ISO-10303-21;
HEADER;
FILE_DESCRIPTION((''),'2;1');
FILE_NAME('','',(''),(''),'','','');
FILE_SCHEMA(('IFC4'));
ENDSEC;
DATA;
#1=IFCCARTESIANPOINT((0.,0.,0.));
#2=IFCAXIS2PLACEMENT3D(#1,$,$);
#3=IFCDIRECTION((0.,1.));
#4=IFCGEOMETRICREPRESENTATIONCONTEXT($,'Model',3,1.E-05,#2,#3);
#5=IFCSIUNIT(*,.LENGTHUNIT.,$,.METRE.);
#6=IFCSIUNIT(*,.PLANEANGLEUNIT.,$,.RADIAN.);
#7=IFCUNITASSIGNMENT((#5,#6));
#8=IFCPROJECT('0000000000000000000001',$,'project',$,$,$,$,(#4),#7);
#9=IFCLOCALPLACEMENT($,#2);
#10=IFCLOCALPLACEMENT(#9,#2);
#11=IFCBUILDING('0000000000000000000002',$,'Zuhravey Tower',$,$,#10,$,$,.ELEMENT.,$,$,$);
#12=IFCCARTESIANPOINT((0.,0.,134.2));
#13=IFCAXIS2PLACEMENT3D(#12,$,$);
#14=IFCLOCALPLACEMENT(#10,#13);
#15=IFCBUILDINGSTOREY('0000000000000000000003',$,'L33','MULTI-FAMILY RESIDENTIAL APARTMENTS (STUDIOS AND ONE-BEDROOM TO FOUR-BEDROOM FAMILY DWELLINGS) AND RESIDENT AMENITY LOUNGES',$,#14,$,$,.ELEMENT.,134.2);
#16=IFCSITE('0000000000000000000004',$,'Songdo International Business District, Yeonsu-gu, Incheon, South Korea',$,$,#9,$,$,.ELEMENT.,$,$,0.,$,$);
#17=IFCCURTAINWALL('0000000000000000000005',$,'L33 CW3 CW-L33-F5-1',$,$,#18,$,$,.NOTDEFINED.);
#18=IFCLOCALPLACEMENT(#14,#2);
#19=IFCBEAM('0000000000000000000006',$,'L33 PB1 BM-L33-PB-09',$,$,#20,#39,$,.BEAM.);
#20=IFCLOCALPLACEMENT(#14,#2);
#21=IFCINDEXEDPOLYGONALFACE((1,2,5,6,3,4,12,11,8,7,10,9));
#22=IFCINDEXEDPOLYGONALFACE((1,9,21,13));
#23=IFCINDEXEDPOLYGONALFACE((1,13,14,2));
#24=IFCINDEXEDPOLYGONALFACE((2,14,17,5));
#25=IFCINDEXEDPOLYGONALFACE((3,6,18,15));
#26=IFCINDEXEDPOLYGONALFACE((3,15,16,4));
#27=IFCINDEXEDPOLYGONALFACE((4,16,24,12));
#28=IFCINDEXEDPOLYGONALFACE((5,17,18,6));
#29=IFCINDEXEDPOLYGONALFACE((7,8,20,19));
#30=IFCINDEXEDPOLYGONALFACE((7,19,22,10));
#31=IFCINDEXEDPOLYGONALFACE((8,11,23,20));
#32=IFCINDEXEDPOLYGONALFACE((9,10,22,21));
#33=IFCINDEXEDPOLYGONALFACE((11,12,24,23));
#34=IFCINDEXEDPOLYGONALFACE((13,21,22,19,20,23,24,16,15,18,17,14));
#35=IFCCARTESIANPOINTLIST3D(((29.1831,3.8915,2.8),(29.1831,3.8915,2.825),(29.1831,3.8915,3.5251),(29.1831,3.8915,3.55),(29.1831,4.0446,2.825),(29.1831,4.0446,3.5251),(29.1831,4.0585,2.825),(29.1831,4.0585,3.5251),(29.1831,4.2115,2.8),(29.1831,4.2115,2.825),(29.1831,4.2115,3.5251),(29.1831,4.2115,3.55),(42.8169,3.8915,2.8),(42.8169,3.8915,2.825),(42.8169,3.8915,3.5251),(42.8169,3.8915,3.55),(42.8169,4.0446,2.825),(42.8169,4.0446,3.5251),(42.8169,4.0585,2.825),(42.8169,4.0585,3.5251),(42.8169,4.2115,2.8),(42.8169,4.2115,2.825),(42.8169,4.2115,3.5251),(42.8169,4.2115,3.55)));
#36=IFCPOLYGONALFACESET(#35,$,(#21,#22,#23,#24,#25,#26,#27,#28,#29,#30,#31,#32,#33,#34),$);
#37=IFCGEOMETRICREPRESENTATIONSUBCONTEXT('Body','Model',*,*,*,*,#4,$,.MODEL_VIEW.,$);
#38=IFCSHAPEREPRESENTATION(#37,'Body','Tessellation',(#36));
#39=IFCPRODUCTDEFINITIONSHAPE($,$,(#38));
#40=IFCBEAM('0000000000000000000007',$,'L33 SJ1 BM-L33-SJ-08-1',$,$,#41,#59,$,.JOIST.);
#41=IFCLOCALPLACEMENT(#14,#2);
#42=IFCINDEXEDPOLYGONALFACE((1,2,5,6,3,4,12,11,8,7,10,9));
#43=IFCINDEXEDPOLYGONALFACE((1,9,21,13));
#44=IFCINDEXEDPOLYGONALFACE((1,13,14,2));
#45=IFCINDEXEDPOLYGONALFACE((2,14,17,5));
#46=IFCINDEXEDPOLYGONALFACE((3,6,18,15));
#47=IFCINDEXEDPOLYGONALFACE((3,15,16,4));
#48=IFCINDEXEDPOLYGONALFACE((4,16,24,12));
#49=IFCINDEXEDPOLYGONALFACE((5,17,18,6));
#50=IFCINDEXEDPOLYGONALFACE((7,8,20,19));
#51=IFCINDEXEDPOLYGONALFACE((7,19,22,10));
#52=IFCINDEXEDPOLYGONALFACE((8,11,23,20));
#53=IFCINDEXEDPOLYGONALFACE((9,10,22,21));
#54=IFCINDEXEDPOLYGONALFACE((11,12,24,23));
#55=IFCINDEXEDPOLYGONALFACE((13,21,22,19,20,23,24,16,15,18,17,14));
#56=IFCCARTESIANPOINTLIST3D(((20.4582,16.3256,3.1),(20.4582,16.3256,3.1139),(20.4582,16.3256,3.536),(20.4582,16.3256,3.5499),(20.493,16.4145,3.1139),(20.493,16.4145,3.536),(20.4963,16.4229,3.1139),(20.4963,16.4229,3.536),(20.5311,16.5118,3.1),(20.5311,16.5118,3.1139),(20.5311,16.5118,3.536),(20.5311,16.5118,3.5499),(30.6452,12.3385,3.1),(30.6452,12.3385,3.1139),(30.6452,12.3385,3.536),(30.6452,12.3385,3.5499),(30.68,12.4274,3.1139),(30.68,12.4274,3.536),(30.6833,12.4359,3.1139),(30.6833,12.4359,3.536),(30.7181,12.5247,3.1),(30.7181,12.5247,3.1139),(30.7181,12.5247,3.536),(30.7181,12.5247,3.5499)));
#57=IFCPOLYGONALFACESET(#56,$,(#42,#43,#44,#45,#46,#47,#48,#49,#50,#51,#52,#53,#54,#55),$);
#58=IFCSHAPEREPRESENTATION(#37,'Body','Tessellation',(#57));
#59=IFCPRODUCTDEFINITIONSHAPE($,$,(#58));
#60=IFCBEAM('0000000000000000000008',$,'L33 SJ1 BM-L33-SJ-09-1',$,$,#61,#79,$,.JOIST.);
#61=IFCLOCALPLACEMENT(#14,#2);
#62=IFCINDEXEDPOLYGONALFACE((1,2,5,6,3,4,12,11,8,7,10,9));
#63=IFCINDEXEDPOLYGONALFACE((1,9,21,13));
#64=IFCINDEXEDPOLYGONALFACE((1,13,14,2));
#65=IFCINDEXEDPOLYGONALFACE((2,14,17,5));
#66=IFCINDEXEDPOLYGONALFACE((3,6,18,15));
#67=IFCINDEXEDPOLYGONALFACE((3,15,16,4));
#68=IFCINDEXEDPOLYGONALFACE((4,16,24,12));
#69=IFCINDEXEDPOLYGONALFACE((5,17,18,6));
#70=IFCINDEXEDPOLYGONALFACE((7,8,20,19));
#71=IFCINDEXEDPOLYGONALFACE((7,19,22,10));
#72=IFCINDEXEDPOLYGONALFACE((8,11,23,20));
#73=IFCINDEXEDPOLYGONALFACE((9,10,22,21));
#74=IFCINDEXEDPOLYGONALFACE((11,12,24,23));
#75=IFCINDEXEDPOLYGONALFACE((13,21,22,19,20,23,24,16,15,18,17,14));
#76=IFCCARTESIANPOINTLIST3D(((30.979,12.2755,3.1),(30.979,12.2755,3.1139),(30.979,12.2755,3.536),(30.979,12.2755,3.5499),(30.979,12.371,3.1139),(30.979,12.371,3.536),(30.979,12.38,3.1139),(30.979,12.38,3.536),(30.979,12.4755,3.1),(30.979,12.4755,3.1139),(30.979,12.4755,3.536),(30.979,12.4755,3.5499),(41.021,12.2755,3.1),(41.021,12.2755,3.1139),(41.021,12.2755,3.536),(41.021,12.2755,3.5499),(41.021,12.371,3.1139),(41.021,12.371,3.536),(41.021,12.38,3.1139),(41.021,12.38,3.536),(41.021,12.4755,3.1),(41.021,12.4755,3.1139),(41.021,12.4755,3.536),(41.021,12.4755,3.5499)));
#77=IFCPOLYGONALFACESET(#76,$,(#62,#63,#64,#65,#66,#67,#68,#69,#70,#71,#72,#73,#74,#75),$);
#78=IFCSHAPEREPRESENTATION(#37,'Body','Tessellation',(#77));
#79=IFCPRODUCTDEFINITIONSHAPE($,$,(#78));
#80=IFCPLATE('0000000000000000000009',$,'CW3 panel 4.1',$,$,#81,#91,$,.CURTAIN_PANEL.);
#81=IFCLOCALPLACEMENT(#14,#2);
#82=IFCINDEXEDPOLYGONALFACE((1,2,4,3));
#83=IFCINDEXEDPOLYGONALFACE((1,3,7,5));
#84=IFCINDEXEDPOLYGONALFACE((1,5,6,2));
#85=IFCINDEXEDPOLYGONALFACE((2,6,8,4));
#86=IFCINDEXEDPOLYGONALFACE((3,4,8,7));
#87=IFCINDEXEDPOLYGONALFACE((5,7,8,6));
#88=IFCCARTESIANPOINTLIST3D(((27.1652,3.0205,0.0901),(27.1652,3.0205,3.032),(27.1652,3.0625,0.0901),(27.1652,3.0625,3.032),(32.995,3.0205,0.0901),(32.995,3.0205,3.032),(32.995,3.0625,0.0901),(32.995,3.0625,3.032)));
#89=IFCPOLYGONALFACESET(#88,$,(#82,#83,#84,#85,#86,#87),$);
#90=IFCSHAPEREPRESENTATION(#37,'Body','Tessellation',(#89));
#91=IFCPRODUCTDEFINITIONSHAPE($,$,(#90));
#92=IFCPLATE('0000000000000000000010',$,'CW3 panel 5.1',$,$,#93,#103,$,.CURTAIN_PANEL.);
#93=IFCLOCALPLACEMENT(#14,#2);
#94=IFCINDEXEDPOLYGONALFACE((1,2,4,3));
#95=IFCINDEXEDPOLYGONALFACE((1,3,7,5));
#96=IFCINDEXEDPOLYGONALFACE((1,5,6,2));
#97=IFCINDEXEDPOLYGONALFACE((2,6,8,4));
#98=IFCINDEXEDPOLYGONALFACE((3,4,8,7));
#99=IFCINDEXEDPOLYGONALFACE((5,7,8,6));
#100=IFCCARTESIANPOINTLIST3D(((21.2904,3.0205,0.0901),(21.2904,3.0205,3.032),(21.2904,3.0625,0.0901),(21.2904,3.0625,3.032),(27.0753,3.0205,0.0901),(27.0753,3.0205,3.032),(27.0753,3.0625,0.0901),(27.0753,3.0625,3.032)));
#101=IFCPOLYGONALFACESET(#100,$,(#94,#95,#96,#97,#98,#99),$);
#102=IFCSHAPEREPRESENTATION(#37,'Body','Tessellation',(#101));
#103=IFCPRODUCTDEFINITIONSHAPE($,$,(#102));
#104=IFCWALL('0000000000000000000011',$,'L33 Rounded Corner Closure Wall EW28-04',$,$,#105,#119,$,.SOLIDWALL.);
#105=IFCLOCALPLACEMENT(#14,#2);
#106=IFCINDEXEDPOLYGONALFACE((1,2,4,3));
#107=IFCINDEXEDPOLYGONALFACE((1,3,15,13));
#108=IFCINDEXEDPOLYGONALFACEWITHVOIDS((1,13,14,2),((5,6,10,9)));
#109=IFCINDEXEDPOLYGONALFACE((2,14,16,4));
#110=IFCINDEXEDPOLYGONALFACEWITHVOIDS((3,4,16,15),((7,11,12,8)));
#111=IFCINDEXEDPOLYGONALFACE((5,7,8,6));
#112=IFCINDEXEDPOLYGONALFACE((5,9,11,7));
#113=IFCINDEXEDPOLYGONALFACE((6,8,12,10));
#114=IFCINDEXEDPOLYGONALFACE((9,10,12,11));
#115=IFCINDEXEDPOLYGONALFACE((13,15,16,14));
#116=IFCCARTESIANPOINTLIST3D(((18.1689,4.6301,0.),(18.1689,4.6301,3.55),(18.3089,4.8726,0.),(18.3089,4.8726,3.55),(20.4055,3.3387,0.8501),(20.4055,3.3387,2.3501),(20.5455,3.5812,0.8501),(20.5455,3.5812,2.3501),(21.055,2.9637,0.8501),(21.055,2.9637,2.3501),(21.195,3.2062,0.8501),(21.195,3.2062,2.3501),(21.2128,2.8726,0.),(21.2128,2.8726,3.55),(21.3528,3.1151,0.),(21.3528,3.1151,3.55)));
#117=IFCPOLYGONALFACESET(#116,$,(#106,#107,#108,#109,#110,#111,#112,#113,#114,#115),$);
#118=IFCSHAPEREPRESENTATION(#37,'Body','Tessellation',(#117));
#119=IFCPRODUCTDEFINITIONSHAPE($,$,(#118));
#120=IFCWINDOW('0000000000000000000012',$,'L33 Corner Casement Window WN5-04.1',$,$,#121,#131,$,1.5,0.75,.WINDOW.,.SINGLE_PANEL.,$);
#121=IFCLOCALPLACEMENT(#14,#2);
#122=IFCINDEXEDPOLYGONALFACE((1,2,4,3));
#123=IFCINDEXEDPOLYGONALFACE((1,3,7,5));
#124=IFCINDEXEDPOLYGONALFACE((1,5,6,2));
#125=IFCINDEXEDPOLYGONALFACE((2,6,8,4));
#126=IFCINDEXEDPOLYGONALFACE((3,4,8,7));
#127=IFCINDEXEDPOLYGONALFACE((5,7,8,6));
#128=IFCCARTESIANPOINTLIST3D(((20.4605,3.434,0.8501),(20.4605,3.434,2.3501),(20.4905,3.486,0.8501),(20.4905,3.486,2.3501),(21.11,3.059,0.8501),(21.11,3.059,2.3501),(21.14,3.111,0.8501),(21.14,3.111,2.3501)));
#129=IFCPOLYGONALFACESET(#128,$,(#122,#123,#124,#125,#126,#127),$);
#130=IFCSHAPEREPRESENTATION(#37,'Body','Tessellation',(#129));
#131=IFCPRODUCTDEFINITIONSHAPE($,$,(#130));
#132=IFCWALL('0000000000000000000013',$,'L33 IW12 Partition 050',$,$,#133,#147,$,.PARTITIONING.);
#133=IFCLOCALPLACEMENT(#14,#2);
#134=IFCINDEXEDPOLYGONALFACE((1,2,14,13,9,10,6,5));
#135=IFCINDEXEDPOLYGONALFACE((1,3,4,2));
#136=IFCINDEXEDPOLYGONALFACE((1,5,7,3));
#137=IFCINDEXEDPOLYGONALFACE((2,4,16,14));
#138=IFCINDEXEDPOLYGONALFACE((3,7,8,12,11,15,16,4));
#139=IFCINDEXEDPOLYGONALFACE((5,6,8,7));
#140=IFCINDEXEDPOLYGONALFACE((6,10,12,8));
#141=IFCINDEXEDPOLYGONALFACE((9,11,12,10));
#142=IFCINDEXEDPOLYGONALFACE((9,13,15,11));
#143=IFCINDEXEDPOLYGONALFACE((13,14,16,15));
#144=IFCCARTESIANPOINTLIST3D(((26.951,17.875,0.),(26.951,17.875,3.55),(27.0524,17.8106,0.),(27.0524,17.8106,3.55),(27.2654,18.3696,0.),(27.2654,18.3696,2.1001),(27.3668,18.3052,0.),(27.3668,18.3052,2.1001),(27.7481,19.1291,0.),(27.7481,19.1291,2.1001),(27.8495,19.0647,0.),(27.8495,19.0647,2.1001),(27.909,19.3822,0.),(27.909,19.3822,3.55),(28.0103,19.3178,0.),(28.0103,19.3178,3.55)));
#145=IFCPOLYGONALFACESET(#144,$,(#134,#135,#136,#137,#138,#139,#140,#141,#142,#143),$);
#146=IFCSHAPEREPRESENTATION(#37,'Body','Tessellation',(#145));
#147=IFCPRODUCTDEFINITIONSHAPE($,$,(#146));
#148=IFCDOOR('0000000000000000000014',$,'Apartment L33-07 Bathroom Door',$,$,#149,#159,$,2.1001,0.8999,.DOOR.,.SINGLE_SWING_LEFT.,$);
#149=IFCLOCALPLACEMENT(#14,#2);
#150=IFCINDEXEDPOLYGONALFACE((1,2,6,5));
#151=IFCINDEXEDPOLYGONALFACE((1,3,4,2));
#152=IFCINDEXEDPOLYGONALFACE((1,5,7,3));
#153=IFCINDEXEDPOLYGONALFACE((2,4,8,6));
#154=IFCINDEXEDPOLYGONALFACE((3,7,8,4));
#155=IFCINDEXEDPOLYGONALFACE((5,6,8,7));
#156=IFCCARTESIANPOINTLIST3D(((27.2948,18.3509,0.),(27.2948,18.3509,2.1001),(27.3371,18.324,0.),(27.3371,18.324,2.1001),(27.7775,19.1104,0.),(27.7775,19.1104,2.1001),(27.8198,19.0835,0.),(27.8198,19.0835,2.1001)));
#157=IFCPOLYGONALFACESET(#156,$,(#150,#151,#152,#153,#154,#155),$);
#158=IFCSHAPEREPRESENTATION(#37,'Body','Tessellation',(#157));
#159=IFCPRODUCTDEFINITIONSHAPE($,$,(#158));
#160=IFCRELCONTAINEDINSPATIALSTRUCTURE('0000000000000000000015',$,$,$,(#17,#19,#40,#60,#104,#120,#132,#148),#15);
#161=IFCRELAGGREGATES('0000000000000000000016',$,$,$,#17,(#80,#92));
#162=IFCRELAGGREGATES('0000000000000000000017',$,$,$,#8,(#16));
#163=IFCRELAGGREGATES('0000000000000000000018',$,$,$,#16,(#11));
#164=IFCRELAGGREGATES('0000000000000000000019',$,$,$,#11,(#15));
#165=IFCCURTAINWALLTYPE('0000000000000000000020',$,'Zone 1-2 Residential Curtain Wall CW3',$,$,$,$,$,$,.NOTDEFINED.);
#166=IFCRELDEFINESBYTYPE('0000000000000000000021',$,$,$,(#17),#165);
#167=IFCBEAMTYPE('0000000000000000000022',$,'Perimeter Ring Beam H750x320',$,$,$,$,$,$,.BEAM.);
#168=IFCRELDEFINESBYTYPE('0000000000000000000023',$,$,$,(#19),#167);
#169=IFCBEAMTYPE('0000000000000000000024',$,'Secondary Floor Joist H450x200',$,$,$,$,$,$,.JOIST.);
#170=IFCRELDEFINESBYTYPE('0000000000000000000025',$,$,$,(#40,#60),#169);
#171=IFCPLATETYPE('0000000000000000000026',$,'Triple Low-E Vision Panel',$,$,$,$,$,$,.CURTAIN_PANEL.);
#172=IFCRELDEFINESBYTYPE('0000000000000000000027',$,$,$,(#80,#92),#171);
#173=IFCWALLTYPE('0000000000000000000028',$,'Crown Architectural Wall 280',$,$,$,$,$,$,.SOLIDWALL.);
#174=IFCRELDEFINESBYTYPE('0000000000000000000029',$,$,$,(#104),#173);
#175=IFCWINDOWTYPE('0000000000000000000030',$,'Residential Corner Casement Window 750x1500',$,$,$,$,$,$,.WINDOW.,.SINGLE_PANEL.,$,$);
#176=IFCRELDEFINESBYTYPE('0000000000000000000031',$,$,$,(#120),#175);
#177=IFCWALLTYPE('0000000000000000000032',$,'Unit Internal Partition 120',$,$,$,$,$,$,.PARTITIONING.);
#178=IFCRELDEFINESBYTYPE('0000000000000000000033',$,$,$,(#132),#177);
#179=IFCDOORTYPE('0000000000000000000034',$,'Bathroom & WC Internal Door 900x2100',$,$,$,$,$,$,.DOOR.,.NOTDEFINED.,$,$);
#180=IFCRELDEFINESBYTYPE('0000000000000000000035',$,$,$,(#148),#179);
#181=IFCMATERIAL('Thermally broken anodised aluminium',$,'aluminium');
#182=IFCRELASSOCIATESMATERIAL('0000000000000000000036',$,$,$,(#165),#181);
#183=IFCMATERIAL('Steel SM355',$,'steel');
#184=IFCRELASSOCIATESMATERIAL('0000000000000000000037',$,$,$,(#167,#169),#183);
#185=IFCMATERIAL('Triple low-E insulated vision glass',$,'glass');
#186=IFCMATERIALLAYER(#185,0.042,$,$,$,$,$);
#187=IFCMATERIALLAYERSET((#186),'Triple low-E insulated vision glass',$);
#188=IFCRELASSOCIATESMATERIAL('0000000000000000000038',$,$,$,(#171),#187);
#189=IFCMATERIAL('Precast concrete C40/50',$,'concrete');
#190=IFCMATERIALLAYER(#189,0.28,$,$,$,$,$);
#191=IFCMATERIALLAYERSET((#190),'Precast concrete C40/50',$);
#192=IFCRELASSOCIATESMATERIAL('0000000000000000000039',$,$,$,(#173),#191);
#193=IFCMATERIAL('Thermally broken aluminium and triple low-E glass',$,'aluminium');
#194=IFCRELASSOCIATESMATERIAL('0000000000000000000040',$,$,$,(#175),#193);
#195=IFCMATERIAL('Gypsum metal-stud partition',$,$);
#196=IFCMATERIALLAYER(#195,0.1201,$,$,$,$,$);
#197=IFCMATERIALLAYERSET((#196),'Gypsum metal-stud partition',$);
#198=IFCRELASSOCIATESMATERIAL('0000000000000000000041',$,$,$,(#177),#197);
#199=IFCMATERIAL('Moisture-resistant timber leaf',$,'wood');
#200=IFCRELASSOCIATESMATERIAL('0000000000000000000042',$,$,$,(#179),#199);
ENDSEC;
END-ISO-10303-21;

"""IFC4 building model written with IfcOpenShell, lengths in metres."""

from ifc_helpers import new_model, si_unit, direction, frame, frame_2d, origin, origin_2d, place, context, subcontext, project, spatial, rectangle, i_section, extrude, material, layer, layer_set, material_profile, profile_set, type_object, element, fill, aggregate, save


model = new_model("IFC4")

# Units and contexts
model_context = context("Model", 3, precision=1e-05, world=origin(), true_north=direction((0.0, 1.0)))
body_context = subcontext(model_context, "Body", "Model", "MODEL_VIEW")
ifc_project = project(units=[si_unit("LENGTHUNIT", "METRE"), si_unit("PLANEANGLEUNIT", "RADIAN")], contexts=[model_context])

# Site, building, storey
site_placement = place(None, origin())
site = spatial("IfcSite", under=ifc_project, at=site_placement, Name="Songdo International Business District, Yeonsu-gu, Incheon, South Korea", CompositionType="ELEMENT", RefElevation=0.0)
building_placement = place(site_placement, origin())
building = spatial("IfcBuilding", under=site, at=building_placement, Name="Zuhravey Tower", CompositionType="ELEMENT")
storey_placement = place(building_placement, frame((0.0, 0.0, 134.2)))
storey = spatial("IfcBuildingStorey", under=building, at=storey_placement, Name="L33", Description="MULTI-FAMILY RESIDENTIAL APARTMENTS (STUDIOS AND ONE-BEDROOM TO FOUR-BEDROOM FAMILY DWELLINGS) AND RESIDENT AMENITY LOUNGES", CompositionType="ELEMENT", Elevation=134.2)

# Curtain wall
ifc_material_1 = material(Name="Thermally broken anodised aluminium", Category="aluminium")
curtain_wall_type = type_object("IfcCurtainWallType", Name="Zone 1-2 Residential Curtain Wall CW3", PredefinedType="NOTDEFINED", material=ifc_material_1)
curtain_wall_1_placement = place(storey_placement, origin())
curtain_wall_1 = element("IfcCurtainWall", 1, at=curtain_wall_1_placement, inside=storey, type_object=curtain_wall_type, Name="L33 CW3 CW-L33-F5-1", PredefinedType="NOTDEFINED")

# Beams
ifc_material_2 = material(Name="Steel SM355", Category="steel")
ifc_material_profile_1 = material_profile(ifc_material_2, i_section(OverallWidth=0.3201, OverallDepth=0.75, WebThickness=0.0139, FlangeThickness=0.0249, at=origin_2d()), Name="H-750x320x14x25")
ifc_profile_set_1 = profile_set([ifc_material_profile_1], Name="Steel SM355")
beam_type_1 = type_object("IfcBeamType", Name="Perimeter Ring Beam H750x320", PredefinedType="BEAM", material=ifc_profile_set_1)
beam_1_placement = place(storey_placement, frame((29.1831, 4.0515, 3.175), z_axis=(1.0, 0.0, 0.0), x_axis=(0.0, 1.0, 0.0)))
element("IfcBeam", 2, at=beam_1_placement, inside=storey, type_object=beam_type_1, Name="L33 PB1 BM-L33-PB-09", PredefinedType="BEAM", context=body_context, shape_type="SweptSolid", body=[
    extrude(i_section(OverallWidth=0.3201, OverallDepth=0.75, WebThickness=0.0139, FlangeThickness=0.0249, at=origin_2d()), origin(), (0.0, 0.0, 1.0), 13.6338),
])
ifc_material_profile_2 = material_profile(ifc_material_2, i_section(OverallWidth=0.2, OverallDepth=0.45, WebThickness=0.009, FlangeThickness=0.0139, at=origin_2d()), Name="H-450x200x9x14")
ifc_profile_set_2 = profile_set([ifc_material_profile_2], Name="Steel SM355")
beam_type_2 = type_object("IfcBeamType", Name="Secondary Floor Joist H450x200", PredefinedType="JOIST", material=ifc_profile_set_2)
beam_2_placement = place(storey_placement, frame((20.4946, 16.4187, 3.325), z_axis=(0.931217, -0.364466, 0.0), x_axis=(0.364466, 0.931217, 0.0)))
element("IfcBeam", 3, at=beam_2_placement, inside=storey, type_object=beam_type_2, Name="L33 SJ1 BM-L33-SJ-08-1", PredefinedType="JOIST", context=body_context, shape_type="SweptSolid", body=[
    extrude(i_section(OverallWidth=0.2, OverallDepth=0.45, WebThickness=0.009, FlangeThickness=0.0139, at=origin_2d()), origin(), (0.0, 0.0, 1.0), 10.9395),
])
beam_3_placement = place(storey_placement, frame((30.979, 12.3755, 3.325), z_axis=(1.0, 0.0, 0.0), x_axis=(0.0, 1.0, 0.0)))
element("IfcBeam", 4, at=beam_3_placement, inside=storey, type_object=beam_type_2, Name="L33 SJ1 BM-L33-SJ-09-1", PredefinedType="JOIST", context=body_context, shape_type="SweptSolid", body=[
    extrude(i_section(OverallWidth=0.2, OverallDepth=0.45, WebThickness=0.009, FlangeThickness=0.0139, at=origin_2d()), origin(), (0.0, 0.0, 1.0), 10.042),
])

# Plates
ifc_material_3 = material(Name="Triple low-E insulated vision glass", Category="glass")
ifc_layer_1 = layer(ifc_material_3, 0.042)
ifc_layer_set_1 = layer_set([ifc_layer_1], Name="Triple low-E insulated vision glass")
plate_type = type_object("IfcPlateType", Name="Triple Low-E Vision Panel", PredefinedType="CURTAIN_PANEL", material=ifc_layer_set_1)
plate_1_placement = place(storey_placement, frame((30.0801, 3.0415, 0.0901), z_axis=(0.0, 0.0, 1.0), x_axis=(-1.0, 0.0, 0.0)))
plate_1 = element("IfcPlate", 5, at=plate_1_placement, type_object=plate_type, Name="CW3 panel 4.1", PredefinedType="CURTAIN_PANEL", context=body_context, shape_type="SweptSolid", body=[
    extrude(rectangle(XDim=5.8298, YDim=0.042, at=origin_2d()), origin(), (0.0, 0.0, 1.0), 2.9419),
])
plate_2_placement = place(storey_placement, frame((24.1829, 3.0415, 0.0901), z_axis=(0.0, 0.0, 1.0), x_axis=(-1.0, 0.0, 0.0)))
plate_2 = element("IfcPlate", 6, at=plate_2_placement, type_object=plate_type, Name="CW3 panel 5.1", PredefinedType="CURTAIN_PANEL", context=body_context, shape_type="SweptSolid", body=[
    extrude(rectangle(XDim=5.7849, YDim=0.042, at=origin_2d()), origin(), (0.0, 0.0, 1.0), 2.9419),
])
aggregate(curtain_wall_1, [plate_1, plate_2])

# Wall, opening, window
ifc_material_4 = material(Name="Precast concrete C40/50", Category="concrete")
ifc_layer_2 = layer(ifc_material_4, 0.28)
ifc_layer_set_2 = layer_set([ifc_layer_2], Name="Precast concrete C40/50")
wall_type_1 = type_object("IfcWallType", Name="Crown Architectural Wall 280", PredefinedType="SOLIDWALL", material=ifc_layer_set_2)
wall_1_placement = place(storey_placement, frame((21.2827, 2.9939, 0.0), z_axis=(0.0, 0.0, 1.0), x_axis=(-0.866007, 0.500031, 0.0)))
wall_1 = element("IfcWall", 7, at=wall_1_placement, inside=storey, type_object=wall_type_1, Name="L33 Rounded Corner Closure Wall EW28-04", PredefinedType="SOLIDWALL", context=body_context, shape_type="SweptSolid", body=[
    extrude(rectangle(XDim=3.5149, YDim=0.28, at=frame_2d((1.7573, 0.0))), origin(), (0.0, 0.0, 1.0), 3.55),
])
opening_1_placement = place(wall_1_placement, frame((0.1821, 0.0, 0.8501)))
opening_1 = element("IfcOpeningElement", 8, at=opening_1_placement, cuts=wall_1, PredefinedType="OPENING", context=body_context, shape_type="SweptSolid", body=[
    extrude(rectangle(XDim=0.75, YDim=1.5, at=frame_2d((0.375, 0.75))), frame((0.0, 0.1521, 0.0), z_axis=(0.0, -1.0, 0.0), x_axis=(1.0, 0.0, 0.0)), (0.0, 0.0, 1.0), 0.304),
])
ifc_material_5 = material(Name="Thermally broken aluminium and triple low-E glass", Category="aluminium")
window_type = type_object("IfcWindowType", Name="Residential Corner Casement Window 750x1500", PartitioningType="SINGLE_PANEL", PredefinedType="WINDOW", material=ifc_material_5)
window_placement = place(opening_1_placement, origin())
window = element("IfcWindow", 9, at=window_placement, inside=storey, type_object=window_type, Name="L33 Corner Casement Window WN5-04.1", OverallHeight=1.5, OverallWidth=0.75, PartitioningType="SINGLE_PANEL", PredefinedType="WINDOW", context=body_context, shape_type="SweptSolid", body=[
    extrude(rectangle(XDim=0.75, YDim=1.5, at=frame_2d((0.375, 0.75))), frame((0.0, 0.03, 0.0), z_axis=(0.0, -1.0, 0.0), x_axis=(1.0, 0.0, 0.0)), (0.0, 0.0, 1.0), 0.0601),
])
fill(opening_1, window)

# Wall, opening, door
ifc_material_6 = material(Name="Gypsum metal-stud partition")
ifc_layer_3 = layer(ifc_material_6, 0.1201)
ifc_layer_set_3 = layer_set([ifc_layer_3], Name="Gypsum metal-stud partition")
wall_type_2 = type_object("IfcWallType", Name="Unit Internal Partition 120", PredefinedType="PARTITIONING", material=ifc_layer_set_3)
wall_2_placement = place(storey_placement, frame((27.9597, 19.3501, 0.0), z_axis=(0.0, 0.0, 1.0), x_axis=(-0.536398, -0.843965, 0.0)))
wall_2 = element("IfcWall", 10, at=wall_2_placement, inside=storey, type_object=wall_type_2, Name="L33 IW12 Partition 050", PredefinedType="PARTITIONING", context=body_context, shape_type="SweptSolid", body=[
    extrude(rectangle(XDim=1.7859, YDim=0.1201, at=frame_2d((0.8931, 0.0))), origin(), (0.0, 0.0, 1.0), 3.55),
])
opening_2_placement = place(wall_2_placement, frame((0.3, 0.0, 0.0)))
opening_2 = element("IfcOpeningElement", 11, at=opening_2_placement, cuts=wall_2, PredefinedType="OPENING", context=body_context, shape_type="SweptSolid", body=[
    extrude(rectangle(XDim=0.8999, YDim=2.1001, at=frame_2d((0.45, 1.05))), frame((0.0, 0.072, 0.0), z_axis=(0.0, -1.0, 0.0), x_axis=(1.0, 0.0, 0.0)), (0.0, 0.0, 1.0), 0.144),
])
ifc_material_7 = material(Name="Moisture-resistant timber leaf", Category="wood")
door_type_1 = type_object("IfcDoorType", Name="Bathroom & WC Internal Door 900x2100", OperationType="NOTDEFINED", PredefinedType="DOOR", material=ifc_material_7)
door_1_placement = place(opening_2_placement, origin())
door_1 = element("IfcDoor", 12, at=door_1_placement, inside=storey, type_object=door_type_1, Name="Apartment L33-07 Bathroom Door", OperationType="SINGLE_SWING_LEFT", OverallHeight=2.1001, OverallWidth=0.8999, PredefinedType="DOOR", context=body_context, shape_type="SweptSolid", body=[
    extrude(rectangle(XDim=0.8999, YDim=2.1001, at=frame_2d((0.45, 1.05))), frame((0.0, 0.0249, 0.0), z_axis=(0.0, -1.0, 0.0), x_axis=(1.0, 0.0, 0.0)), (0.0, 0.0, 1.0), 0.05),
])
fill(opening_2, door_1)

save(model, "model.ifc")
